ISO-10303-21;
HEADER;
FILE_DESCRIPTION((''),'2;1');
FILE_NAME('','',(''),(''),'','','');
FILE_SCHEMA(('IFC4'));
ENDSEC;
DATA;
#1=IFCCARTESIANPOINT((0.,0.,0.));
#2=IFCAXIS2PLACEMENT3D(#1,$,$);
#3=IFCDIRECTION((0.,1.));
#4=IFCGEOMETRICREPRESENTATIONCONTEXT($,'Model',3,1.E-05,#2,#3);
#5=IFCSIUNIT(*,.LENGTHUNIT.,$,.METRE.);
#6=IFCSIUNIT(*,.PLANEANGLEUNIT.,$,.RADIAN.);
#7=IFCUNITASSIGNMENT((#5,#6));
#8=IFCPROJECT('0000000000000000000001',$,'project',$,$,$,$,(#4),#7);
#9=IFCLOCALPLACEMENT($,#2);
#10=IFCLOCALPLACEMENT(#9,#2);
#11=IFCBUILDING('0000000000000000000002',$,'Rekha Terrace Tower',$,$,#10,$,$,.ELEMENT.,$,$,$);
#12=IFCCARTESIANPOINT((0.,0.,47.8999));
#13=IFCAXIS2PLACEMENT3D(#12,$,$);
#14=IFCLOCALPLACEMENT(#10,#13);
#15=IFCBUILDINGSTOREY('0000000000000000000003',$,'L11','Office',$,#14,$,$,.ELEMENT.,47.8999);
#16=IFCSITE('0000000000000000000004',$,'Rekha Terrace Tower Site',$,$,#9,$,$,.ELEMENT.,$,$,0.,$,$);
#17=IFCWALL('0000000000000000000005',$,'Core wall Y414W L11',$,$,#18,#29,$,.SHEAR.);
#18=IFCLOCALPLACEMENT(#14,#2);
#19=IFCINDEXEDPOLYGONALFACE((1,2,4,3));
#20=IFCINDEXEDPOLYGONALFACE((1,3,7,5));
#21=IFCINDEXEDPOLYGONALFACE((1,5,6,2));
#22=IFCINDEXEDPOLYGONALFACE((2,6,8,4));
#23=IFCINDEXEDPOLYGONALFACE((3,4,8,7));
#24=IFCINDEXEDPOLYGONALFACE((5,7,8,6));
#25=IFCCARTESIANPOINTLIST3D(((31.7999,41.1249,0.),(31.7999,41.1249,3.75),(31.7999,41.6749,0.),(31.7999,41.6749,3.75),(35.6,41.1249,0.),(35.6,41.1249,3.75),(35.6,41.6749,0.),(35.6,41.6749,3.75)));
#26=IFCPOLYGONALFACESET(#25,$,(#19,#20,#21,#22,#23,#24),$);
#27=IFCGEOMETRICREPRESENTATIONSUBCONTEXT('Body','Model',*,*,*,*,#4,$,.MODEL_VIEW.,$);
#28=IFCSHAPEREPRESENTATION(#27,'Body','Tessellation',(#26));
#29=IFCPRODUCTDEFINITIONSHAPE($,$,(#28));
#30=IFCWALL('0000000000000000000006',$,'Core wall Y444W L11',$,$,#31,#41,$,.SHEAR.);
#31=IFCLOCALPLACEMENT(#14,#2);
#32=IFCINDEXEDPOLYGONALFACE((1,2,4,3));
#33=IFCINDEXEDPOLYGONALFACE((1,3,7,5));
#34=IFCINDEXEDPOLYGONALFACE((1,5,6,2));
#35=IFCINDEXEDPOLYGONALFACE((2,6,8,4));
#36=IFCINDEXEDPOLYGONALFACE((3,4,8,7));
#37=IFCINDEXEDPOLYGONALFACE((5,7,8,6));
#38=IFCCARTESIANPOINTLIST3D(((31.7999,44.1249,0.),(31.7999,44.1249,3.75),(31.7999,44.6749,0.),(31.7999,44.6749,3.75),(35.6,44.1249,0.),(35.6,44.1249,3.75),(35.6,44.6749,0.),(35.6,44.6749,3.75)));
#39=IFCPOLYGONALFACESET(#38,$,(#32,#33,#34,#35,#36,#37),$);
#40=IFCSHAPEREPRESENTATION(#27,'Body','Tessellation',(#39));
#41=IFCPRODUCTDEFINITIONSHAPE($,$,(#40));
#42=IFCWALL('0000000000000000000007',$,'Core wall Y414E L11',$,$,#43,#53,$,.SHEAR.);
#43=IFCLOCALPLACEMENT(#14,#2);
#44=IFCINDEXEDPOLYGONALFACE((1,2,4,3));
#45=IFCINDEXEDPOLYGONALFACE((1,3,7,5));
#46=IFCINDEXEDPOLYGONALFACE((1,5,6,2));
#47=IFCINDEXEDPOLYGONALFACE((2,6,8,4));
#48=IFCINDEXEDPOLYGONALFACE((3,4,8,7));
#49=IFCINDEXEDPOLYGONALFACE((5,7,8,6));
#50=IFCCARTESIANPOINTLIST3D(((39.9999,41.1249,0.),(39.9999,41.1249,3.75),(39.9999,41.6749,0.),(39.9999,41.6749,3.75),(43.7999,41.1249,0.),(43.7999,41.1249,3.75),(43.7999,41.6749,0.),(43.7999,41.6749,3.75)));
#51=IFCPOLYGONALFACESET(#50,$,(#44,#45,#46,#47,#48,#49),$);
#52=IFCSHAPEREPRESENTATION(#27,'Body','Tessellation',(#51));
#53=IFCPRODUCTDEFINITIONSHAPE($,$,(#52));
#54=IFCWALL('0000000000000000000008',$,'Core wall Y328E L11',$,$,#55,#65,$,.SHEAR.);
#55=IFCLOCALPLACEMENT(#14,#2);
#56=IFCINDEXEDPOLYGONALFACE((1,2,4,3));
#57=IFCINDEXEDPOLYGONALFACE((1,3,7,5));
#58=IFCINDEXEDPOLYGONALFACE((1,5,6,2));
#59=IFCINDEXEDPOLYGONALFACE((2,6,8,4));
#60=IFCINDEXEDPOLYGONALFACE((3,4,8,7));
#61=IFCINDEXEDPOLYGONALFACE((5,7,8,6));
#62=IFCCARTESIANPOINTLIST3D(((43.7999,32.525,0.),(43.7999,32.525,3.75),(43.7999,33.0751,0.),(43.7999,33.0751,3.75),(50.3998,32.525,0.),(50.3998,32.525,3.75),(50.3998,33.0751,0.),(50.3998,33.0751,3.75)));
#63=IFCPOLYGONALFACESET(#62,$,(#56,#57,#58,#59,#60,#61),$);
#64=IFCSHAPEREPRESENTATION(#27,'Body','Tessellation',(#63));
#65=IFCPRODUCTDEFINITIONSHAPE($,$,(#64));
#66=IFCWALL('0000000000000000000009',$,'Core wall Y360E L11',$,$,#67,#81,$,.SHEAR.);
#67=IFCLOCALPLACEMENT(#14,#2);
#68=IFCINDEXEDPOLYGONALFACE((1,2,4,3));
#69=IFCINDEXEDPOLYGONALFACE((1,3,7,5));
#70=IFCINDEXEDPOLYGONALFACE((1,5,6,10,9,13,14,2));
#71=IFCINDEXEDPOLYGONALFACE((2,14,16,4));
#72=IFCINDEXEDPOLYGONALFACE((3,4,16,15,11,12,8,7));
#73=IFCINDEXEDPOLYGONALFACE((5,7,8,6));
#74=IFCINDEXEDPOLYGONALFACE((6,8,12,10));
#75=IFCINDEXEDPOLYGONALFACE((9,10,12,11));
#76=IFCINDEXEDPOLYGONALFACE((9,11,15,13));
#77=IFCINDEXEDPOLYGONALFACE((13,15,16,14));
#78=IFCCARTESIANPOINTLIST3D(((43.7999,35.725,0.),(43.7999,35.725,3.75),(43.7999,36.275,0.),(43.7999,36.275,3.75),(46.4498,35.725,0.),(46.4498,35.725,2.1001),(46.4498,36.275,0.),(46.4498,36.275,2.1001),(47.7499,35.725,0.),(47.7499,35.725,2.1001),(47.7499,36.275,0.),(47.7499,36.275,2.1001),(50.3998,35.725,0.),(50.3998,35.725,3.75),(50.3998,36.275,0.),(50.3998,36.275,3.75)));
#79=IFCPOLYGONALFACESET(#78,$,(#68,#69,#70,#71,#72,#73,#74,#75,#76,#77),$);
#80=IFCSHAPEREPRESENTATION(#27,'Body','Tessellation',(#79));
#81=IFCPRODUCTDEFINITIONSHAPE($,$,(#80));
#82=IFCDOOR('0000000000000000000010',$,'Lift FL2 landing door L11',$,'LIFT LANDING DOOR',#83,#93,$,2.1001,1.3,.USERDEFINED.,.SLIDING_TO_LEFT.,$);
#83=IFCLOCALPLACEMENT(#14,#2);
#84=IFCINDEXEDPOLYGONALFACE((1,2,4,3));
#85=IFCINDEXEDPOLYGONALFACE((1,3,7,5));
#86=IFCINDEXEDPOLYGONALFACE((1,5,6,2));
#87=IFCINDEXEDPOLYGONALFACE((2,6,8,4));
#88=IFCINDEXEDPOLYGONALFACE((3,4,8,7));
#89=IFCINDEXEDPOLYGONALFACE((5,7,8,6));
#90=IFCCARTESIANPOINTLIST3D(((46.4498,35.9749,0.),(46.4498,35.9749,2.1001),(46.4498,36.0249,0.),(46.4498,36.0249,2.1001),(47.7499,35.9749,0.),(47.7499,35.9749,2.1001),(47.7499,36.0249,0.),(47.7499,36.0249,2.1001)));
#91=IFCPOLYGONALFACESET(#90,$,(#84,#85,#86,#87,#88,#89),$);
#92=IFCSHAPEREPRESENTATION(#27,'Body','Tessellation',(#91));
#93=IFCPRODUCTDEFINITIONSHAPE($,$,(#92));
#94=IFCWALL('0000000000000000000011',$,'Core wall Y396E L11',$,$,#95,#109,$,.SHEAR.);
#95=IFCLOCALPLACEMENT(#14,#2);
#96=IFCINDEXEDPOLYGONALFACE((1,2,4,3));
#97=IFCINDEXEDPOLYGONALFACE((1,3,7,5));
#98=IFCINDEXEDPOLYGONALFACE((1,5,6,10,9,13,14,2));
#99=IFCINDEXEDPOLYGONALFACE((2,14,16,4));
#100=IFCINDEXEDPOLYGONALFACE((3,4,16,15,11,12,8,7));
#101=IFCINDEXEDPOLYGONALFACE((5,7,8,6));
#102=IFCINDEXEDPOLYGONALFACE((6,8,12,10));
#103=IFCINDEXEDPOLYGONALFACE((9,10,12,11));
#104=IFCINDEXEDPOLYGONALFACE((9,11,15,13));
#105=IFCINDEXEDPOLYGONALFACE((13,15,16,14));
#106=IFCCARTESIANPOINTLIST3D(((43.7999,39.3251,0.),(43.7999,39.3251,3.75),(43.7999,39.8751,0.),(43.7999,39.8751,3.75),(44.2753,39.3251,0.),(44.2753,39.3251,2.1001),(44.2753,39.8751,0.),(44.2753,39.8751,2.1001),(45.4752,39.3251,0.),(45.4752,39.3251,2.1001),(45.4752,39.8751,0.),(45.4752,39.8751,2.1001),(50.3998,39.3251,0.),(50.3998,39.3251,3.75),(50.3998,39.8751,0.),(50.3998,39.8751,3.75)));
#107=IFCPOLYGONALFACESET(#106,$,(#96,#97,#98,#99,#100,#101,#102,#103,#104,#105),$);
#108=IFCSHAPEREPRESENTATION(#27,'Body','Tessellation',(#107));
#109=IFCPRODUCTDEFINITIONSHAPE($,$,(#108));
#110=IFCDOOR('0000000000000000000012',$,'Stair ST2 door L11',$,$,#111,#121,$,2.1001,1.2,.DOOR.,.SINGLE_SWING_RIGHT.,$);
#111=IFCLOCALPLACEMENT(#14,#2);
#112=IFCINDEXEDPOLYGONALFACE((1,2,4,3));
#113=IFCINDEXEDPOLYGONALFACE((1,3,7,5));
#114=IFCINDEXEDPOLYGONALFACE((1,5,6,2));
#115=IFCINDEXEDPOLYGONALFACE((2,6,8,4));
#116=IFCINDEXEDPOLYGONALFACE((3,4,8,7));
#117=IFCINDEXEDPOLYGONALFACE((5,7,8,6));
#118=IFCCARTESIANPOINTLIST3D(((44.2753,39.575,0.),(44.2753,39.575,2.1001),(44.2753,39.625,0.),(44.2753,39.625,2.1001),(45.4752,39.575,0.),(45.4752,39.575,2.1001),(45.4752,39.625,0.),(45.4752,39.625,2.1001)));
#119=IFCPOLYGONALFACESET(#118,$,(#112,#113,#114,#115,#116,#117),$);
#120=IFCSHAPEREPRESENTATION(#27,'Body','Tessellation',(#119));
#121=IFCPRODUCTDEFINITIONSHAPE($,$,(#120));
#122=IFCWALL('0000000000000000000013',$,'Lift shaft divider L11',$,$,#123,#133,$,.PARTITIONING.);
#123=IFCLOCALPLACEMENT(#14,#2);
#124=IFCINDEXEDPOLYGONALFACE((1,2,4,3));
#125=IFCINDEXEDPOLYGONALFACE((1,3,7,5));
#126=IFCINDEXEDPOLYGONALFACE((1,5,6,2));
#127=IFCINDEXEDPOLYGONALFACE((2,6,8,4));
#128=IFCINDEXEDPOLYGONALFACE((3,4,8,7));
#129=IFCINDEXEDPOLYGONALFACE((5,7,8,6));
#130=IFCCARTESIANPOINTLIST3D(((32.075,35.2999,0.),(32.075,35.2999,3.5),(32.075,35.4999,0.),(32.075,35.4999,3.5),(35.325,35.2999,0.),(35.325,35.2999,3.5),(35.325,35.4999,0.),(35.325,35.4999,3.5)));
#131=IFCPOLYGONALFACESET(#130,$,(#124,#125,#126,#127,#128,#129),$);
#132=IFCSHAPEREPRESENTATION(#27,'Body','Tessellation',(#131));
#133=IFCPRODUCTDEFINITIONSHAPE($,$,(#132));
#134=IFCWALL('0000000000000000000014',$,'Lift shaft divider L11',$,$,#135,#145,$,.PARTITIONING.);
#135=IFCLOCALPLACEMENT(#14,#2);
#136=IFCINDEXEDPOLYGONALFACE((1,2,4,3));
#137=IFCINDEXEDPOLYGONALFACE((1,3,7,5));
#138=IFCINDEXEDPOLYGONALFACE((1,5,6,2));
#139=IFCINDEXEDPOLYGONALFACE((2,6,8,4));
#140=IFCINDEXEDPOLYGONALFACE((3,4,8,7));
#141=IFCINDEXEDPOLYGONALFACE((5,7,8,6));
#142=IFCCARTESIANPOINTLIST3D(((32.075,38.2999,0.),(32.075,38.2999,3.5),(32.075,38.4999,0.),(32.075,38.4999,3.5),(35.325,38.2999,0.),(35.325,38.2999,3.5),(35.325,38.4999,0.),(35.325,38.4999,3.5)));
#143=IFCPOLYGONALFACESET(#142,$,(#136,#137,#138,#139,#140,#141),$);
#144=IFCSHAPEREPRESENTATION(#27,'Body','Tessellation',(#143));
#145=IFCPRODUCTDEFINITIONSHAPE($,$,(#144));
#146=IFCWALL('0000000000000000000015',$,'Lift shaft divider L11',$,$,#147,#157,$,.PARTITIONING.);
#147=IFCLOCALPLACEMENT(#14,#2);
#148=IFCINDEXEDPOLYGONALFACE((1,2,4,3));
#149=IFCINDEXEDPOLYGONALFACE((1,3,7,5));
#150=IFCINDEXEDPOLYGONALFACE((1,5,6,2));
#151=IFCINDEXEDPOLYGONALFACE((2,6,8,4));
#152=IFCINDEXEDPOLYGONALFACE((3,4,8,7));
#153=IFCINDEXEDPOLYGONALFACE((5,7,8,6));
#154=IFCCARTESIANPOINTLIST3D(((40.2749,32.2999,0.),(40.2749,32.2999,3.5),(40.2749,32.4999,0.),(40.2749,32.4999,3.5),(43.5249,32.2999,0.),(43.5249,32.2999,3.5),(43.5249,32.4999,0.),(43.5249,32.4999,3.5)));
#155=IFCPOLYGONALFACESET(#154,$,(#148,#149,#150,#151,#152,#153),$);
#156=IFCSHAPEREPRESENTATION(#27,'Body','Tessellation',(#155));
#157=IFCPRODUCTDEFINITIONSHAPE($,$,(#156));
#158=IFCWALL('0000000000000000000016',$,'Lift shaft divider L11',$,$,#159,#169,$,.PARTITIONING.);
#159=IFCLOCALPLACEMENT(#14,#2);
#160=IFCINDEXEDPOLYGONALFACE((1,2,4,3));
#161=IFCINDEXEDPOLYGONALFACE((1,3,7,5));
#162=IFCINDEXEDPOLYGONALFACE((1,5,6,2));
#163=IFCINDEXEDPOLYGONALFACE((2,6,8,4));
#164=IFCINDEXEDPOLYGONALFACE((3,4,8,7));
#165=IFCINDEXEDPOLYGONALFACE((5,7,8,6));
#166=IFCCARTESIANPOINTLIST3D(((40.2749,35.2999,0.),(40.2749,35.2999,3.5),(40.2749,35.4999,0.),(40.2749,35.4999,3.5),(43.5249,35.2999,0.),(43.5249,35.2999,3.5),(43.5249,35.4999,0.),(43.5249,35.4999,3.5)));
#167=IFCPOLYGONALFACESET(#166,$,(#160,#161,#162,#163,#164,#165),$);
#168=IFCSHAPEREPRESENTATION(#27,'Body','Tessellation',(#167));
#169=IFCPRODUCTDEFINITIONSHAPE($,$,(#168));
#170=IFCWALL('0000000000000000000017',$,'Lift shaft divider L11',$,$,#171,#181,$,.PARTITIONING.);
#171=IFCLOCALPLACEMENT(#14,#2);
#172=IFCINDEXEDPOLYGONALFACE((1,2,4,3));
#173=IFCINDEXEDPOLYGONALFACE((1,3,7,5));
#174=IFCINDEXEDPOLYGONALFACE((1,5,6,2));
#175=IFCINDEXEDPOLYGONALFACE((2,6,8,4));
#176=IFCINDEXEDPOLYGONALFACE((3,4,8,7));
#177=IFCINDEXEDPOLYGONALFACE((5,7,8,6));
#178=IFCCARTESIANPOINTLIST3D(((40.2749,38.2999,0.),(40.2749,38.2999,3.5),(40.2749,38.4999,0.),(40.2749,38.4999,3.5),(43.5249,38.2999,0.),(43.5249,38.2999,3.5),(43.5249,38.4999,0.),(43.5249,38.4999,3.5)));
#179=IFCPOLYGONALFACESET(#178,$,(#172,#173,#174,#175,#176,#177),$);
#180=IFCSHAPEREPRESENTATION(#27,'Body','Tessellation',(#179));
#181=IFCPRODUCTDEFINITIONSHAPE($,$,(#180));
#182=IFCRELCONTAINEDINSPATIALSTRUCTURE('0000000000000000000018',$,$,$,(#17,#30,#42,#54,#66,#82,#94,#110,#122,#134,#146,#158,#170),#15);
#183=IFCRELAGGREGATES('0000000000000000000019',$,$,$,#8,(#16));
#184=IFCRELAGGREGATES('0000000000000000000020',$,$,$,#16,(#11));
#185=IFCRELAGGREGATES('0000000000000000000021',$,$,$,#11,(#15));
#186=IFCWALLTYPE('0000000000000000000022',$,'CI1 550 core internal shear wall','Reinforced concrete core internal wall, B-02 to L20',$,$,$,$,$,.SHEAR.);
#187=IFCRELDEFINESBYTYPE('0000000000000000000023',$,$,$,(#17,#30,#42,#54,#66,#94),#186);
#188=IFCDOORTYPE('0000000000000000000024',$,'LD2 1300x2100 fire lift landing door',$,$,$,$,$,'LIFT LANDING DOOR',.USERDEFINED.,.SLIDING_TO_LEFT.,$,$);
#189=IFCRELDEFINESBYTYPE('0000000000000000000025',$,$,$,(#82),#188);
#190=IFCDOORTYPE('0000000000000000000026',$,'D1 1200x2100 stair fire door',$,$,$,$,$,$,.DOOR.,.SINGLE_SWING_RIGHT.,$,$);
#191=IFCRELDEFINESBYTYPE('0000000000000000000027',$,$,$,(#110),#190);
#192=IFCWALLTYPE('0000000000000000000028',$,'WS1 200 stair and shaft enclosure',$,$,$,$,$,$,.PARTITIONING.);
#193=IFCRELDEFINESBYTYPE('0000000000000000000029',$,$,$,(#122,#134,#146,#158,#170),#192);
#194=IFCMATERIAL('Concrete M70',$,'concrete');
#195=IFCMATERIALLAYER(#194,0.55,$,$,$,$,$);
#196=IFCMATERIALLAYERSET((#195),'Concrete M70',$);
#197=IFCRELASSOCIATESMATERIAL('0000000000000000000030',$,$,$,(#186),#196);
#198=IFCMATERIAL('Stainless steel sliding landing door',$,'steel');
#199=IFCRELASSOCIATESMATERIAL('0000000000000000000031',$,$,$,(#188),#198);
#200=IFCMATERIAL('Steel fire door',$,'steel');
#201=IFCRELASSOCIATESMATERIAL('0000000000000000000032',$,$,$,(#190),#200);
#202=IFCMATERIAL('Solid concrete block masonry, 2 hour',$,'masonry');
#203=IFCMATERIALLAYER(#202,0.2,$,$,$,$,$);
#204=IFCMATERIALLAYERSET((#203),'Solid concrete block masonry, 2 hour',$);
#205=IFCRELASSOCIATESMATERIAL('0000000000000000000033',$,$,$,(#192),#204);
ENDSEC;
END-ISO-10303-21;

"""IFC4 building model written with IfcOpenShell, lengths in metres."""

from ifc_helpers import new_model, si_unit, direction, frame, frame_2d, origin, place, context, subcontext, project, spatial, rectangle, extrude, material, layer, layer_set, type_object, element, fill, save


model = new_model("IFC4")

# Units and contexts
model_context = context("Model", 3, precision=1e-05, world=origin(), true_north=direction((0.0, 1.0)))
body_context = subcontext(model_context, "Body", "Model", "MODEL_VIEW")
ifc_project = project(units=[si_unit("LENGTHUNIT", "METRE"), si_unit("PLANEANGLEUNIT", "RADIAN")], contexts=[model_context])

# Site, building, storey
site_placement = place(None, origin())
site = spatial("IfcSite", under=ifc_project, at=site_placement, Name="Rekha Terrace Tower Site", CompositionType="ELEMENT", RefElevation=0.0)
building_placement = place(site_placement, origin())
building = spatial("IfcBuilding", under=site, at=building_placement, Name="Rekha Terrace Tower", CompositionType="ELEMENT")
storey_placement = place(building_placement, frame((0.0, 0.0, 47.8999)))
storey = spatial("IfcBuildingStorey", under=building, at=storey_placement, Name="L11", Description="Office", CompositionType="ELEMENT", Elevation=47.8999)

# Walls
ifc_material_1 = material(Name="Concrete M70", Category="concrete")
ifc_layer_1 = layer(ifc_material_1, 0.55)
ifc_layer_set_1 = layer_set([ifc_layer_1], Name="Concrete M70")
wall_type_1 = type_object("IfcWallType", Name="CI1 550 core internal shear wall", Description="Reinforced concrete core internal wall, B-02 to L20", PredefinedType="SHEAR", material=ifc_layer_set_1)
for number, where, z_axis, x_axis, name in (
    (1, (31.8, 41.3999, 0.0), (0.0, 0.0, 1.0), (1.0, 0.0, 0.0), "Core wall Y414W L11"),
    (2, (31.8, 44.3999, 0.0), (0.0, 0.0, 1.0), (1.0, 0.0, 0.0), "Core wall Y444W L11"),
    (3, (40.0, 41.3999, 0.0), (0.0, 0.0, 1.0), (1.0, 0.0, 0.0), "Core wall Y414E L11"),
):
    element("IfcWall", number, at=place(storey_placement, frame(where, z_axis=z_axis, x_axis=x_axis)), inside=storey, type_object=wall_type_1, Name=name, PredefinedType="SHEAR", context=body_context, shape_type="SweptSolid", body=[
        extrude(rectangle(XDim=3.8, YDim=0.55, at=frame_2d((1.8999, 0.0))), origin(), (0.0, 0.0, 1.0), 3.75),
    ])
wall_1_placement = place(storey_placement, frame((43.8, 32.8, 0.0), z_axis=(0.0, 0.0, 1.0), x_axis=(1.0, 0.0, 0.0)))
element("IfcWall", 4, at=wall_1_placement, inside=storey, type_object=wall_type_1, Name="Core wall Y328E L11", PredefinedType="SHEAR", context=body_context, shape_type="SweptSolid", body=[
    extrude(rectangle(XDim=6.5999, YDim=0.55, at=frame_2d((3.2998, 0.0))), origin(), (0.0, 0.0, 1.0), 3.75),
])

# Walls, openings, doors
wall_2_placement = place(storey_placement, frame((43.8, 36.0, 0.0), z_axis=(0.0, 0.0, 1.0), x_axis=(1.0, 0.0, 0.0)))
wall_2 = element("IfcWall", 5, at=wall_2_placement, inside=storey, type_object=wall_type_1, Name="Core wall Y360E L11", PredefinedType="SHEAR", context=body_context, shape_type="SweptSolid", body=[
    extrude(rectangle(XDim=6.5999, YDim=0.55, at=frame_2d((3.2998, 0.0))), origin(), (0.0, 0.0, 1.0), 3.75),
])
opening_1_placement = place(wall_2_placement, frame((2.6499, 0.0, 0.0)))
opening_1 = element("IfcOpeningElement", 6, at=opening_1_placement, cuts=wall_2, PredefinedType="OPENING", context=body_context, shape_type="SweptSolid", body=[
    extrude(rectangle(XDim=1.3, YDim=2.1001, at=frame_2d((0.6499, 1.05))), frame((0.0, 0.2849, 0.0), z_axis=(0.0, -1.0, 0.0), x_axis=(1.0, 0.0, 0.0)), (0.0, 0.0, 1.0), 0.5701),
])
ifc_material_2 = material(Name="Stainless steel sliding landing door", Category="steel")
door_type_1 = type_object("IfcDoorType", Name="LD2 1300x2100 fire lift landing door", ElementType="LIFT LANDING DOOR", OperationType="SLIDING_TO_LEFT", PredefinedType="USERDEFINED", material=ifc_material_2)
door_1_placement = place(opening_1_placement, origin())
door_1 = element("IfcDoor", 7, at=door_1_placement, inside=storey, type_object=door_type_1, Name="Lift FL2 landing door L11", ObjectType="LIFT LANDING DOOR", OperationType="SLIDING_TO_LEFT", OverallHeight=2.1001, OverallWidth=1.3, PredefinedType="USERDEFINED", context=body_context, shape_type="SweptSolid", body=[
    extrude(rectangle(XDim=1.3, YDim=2.1001, at=frame_2d((0.6499, 1.05))), frame((0.0, 0.0249, 0.0), z_axis=(0.0, -1.0, 0.0), x_axis=(1.0, 0.0, 0.0)), (0.0, 0.0, 1.0), 0.05),
])
fill(opening_1, door_1)
wall_3_placement = place(storey_placement, frame((43.8, 39.6001, 0.0), z_axis=(0.0, 0.0, 1.0), x_axis=(1.0, 0.0, 0.0)))
wall_3 = element("IfcWall", 8, at=wall_3_placement, inside=storey, type_object=wall_type_1, Name="Core wall Y396E L11", PredefinedType="SHEAR", context=body_context, shape_type="SweptSolid", body=[
    extrude(rectangle(XDim=6.5999, YDim=0.55, at=frame_2d((3.2998, 0.0))), origin(), (0.0, 0.0, 1.0), 3.75),
])
opening_2_placement = place(wall_3_placement, frame((0.4751, 0.0, 0.0)))
opening_2 = element("IfcOpeningElement", 9, at=opening_2_placement, cuts=wall_3, PredefinedType="OPENING", context=body_context, shape_type="SweptSolid", body=[
    extrude(rectangle(XDim=1.2, YDim=2.1001, at=frame_2d((0.6001, 1.05))), frame((0.0, 0.2849, 0.0), z_axis=(0.0, -1.0, 0.0), x_axis=(1.0, 0.0, 0.0)), (0.0, 0.0, 1.0), 0.5701),
])
ifc_material_3 = material(Name="Steel fire door", Category="steel")
door_type_2 = type_object("IfcDoorType", Name="D1 1200x2100 stair fire door", OperationType="SINGLE_SWING_RIGHT", PredefinedType="DOOR", material=ifc_material_3)
door_2_placement = place(opening_2_placement, origin())
door_2 = element("IfcDoor", 10, at=door_2_placement, inside=storey, type_object=door_type_2, Name="Stair ST2 door L11", OperationType="SINGLE_SWING_RIGHT", OverallHeight=2.1001, OverallWidth=1.2, PredefinedType="DOOR", context=body_context, shape_type="SweptSolid", body=[
    extrude(rectangle(XDim=1.2, YDim=2.1001, at=frame_2d((0.6001, 1.05))), frame((0.0, 0.0249, 0.0), z_axis=(0.0, -1.0, 0.0), x_axis=(1.0, 0.0, 0.0)), (0.0, 0.0, 1.0), 0.05),
])
fill(opening_2, door_2)

# Walls
ifc_material_4 = material(Name="Solid concrete block masonry, 2 hour", Category="masonry")
ifc_layer_2 = layer(ifc_material_4, 0.2)
ifc_layer_set_2 = layer_set([ifc_layer_2], Name="Solid concrete block masonry, 2 hour")
wall_type_2 = type_object("IfcWallType", Name="WS1 200 stair and shaft enclosure", PredefinedType="PARTITIONING", material=ifc_layer_set_2)
for number, where, z_axis, x_axis, name in (
    (11, (32.075, 35.3999, 0.0), (0.0, 0.0, 1.0), (1.0, 0.0, 0.0), "Lift shaft divider L11"),
    (12, (32.075, 38.3999, 0.0), (0.0, 0.0, 1.0), (1.0, 0.0, 0.0), "Lift shaft divider L11"),
    (13, (40.2749, 32.3999, 0.0), (0.0, 0.0, 1.0), (1.0, 0.0, 0.0), "Lift shaft divider L11"),
    (14, (40.2749, 35.3999, 0.0), (0.0, 0.0, 1.0), (1.0, 0.0, 0.0), "Lift shaft divider L11"),
    (15, (40.2749, 38.3999, 0.0), (0.0, 0.0, 1.0), (1.0, 0.0, 0.0), "Lift shaft divider L11"),
):
    element("IfcWall", number, at=place(storey_placement, frame(where, z_axis=z_axis, x_axis=x_axis)), inside=storey, type_object=wall_type_2, Name=name, PredefinedType="PARTITIONING", context=body_context, shape_type="SweptSolid", body=[
        extrude(rectangle(XDim=3.25, YDim=0.2, at=frame_2d((1.625, 0.0))), origin(), (0.0, 0.0, 1.0), 3.5),
    ])

save(model, "model.ifc")
